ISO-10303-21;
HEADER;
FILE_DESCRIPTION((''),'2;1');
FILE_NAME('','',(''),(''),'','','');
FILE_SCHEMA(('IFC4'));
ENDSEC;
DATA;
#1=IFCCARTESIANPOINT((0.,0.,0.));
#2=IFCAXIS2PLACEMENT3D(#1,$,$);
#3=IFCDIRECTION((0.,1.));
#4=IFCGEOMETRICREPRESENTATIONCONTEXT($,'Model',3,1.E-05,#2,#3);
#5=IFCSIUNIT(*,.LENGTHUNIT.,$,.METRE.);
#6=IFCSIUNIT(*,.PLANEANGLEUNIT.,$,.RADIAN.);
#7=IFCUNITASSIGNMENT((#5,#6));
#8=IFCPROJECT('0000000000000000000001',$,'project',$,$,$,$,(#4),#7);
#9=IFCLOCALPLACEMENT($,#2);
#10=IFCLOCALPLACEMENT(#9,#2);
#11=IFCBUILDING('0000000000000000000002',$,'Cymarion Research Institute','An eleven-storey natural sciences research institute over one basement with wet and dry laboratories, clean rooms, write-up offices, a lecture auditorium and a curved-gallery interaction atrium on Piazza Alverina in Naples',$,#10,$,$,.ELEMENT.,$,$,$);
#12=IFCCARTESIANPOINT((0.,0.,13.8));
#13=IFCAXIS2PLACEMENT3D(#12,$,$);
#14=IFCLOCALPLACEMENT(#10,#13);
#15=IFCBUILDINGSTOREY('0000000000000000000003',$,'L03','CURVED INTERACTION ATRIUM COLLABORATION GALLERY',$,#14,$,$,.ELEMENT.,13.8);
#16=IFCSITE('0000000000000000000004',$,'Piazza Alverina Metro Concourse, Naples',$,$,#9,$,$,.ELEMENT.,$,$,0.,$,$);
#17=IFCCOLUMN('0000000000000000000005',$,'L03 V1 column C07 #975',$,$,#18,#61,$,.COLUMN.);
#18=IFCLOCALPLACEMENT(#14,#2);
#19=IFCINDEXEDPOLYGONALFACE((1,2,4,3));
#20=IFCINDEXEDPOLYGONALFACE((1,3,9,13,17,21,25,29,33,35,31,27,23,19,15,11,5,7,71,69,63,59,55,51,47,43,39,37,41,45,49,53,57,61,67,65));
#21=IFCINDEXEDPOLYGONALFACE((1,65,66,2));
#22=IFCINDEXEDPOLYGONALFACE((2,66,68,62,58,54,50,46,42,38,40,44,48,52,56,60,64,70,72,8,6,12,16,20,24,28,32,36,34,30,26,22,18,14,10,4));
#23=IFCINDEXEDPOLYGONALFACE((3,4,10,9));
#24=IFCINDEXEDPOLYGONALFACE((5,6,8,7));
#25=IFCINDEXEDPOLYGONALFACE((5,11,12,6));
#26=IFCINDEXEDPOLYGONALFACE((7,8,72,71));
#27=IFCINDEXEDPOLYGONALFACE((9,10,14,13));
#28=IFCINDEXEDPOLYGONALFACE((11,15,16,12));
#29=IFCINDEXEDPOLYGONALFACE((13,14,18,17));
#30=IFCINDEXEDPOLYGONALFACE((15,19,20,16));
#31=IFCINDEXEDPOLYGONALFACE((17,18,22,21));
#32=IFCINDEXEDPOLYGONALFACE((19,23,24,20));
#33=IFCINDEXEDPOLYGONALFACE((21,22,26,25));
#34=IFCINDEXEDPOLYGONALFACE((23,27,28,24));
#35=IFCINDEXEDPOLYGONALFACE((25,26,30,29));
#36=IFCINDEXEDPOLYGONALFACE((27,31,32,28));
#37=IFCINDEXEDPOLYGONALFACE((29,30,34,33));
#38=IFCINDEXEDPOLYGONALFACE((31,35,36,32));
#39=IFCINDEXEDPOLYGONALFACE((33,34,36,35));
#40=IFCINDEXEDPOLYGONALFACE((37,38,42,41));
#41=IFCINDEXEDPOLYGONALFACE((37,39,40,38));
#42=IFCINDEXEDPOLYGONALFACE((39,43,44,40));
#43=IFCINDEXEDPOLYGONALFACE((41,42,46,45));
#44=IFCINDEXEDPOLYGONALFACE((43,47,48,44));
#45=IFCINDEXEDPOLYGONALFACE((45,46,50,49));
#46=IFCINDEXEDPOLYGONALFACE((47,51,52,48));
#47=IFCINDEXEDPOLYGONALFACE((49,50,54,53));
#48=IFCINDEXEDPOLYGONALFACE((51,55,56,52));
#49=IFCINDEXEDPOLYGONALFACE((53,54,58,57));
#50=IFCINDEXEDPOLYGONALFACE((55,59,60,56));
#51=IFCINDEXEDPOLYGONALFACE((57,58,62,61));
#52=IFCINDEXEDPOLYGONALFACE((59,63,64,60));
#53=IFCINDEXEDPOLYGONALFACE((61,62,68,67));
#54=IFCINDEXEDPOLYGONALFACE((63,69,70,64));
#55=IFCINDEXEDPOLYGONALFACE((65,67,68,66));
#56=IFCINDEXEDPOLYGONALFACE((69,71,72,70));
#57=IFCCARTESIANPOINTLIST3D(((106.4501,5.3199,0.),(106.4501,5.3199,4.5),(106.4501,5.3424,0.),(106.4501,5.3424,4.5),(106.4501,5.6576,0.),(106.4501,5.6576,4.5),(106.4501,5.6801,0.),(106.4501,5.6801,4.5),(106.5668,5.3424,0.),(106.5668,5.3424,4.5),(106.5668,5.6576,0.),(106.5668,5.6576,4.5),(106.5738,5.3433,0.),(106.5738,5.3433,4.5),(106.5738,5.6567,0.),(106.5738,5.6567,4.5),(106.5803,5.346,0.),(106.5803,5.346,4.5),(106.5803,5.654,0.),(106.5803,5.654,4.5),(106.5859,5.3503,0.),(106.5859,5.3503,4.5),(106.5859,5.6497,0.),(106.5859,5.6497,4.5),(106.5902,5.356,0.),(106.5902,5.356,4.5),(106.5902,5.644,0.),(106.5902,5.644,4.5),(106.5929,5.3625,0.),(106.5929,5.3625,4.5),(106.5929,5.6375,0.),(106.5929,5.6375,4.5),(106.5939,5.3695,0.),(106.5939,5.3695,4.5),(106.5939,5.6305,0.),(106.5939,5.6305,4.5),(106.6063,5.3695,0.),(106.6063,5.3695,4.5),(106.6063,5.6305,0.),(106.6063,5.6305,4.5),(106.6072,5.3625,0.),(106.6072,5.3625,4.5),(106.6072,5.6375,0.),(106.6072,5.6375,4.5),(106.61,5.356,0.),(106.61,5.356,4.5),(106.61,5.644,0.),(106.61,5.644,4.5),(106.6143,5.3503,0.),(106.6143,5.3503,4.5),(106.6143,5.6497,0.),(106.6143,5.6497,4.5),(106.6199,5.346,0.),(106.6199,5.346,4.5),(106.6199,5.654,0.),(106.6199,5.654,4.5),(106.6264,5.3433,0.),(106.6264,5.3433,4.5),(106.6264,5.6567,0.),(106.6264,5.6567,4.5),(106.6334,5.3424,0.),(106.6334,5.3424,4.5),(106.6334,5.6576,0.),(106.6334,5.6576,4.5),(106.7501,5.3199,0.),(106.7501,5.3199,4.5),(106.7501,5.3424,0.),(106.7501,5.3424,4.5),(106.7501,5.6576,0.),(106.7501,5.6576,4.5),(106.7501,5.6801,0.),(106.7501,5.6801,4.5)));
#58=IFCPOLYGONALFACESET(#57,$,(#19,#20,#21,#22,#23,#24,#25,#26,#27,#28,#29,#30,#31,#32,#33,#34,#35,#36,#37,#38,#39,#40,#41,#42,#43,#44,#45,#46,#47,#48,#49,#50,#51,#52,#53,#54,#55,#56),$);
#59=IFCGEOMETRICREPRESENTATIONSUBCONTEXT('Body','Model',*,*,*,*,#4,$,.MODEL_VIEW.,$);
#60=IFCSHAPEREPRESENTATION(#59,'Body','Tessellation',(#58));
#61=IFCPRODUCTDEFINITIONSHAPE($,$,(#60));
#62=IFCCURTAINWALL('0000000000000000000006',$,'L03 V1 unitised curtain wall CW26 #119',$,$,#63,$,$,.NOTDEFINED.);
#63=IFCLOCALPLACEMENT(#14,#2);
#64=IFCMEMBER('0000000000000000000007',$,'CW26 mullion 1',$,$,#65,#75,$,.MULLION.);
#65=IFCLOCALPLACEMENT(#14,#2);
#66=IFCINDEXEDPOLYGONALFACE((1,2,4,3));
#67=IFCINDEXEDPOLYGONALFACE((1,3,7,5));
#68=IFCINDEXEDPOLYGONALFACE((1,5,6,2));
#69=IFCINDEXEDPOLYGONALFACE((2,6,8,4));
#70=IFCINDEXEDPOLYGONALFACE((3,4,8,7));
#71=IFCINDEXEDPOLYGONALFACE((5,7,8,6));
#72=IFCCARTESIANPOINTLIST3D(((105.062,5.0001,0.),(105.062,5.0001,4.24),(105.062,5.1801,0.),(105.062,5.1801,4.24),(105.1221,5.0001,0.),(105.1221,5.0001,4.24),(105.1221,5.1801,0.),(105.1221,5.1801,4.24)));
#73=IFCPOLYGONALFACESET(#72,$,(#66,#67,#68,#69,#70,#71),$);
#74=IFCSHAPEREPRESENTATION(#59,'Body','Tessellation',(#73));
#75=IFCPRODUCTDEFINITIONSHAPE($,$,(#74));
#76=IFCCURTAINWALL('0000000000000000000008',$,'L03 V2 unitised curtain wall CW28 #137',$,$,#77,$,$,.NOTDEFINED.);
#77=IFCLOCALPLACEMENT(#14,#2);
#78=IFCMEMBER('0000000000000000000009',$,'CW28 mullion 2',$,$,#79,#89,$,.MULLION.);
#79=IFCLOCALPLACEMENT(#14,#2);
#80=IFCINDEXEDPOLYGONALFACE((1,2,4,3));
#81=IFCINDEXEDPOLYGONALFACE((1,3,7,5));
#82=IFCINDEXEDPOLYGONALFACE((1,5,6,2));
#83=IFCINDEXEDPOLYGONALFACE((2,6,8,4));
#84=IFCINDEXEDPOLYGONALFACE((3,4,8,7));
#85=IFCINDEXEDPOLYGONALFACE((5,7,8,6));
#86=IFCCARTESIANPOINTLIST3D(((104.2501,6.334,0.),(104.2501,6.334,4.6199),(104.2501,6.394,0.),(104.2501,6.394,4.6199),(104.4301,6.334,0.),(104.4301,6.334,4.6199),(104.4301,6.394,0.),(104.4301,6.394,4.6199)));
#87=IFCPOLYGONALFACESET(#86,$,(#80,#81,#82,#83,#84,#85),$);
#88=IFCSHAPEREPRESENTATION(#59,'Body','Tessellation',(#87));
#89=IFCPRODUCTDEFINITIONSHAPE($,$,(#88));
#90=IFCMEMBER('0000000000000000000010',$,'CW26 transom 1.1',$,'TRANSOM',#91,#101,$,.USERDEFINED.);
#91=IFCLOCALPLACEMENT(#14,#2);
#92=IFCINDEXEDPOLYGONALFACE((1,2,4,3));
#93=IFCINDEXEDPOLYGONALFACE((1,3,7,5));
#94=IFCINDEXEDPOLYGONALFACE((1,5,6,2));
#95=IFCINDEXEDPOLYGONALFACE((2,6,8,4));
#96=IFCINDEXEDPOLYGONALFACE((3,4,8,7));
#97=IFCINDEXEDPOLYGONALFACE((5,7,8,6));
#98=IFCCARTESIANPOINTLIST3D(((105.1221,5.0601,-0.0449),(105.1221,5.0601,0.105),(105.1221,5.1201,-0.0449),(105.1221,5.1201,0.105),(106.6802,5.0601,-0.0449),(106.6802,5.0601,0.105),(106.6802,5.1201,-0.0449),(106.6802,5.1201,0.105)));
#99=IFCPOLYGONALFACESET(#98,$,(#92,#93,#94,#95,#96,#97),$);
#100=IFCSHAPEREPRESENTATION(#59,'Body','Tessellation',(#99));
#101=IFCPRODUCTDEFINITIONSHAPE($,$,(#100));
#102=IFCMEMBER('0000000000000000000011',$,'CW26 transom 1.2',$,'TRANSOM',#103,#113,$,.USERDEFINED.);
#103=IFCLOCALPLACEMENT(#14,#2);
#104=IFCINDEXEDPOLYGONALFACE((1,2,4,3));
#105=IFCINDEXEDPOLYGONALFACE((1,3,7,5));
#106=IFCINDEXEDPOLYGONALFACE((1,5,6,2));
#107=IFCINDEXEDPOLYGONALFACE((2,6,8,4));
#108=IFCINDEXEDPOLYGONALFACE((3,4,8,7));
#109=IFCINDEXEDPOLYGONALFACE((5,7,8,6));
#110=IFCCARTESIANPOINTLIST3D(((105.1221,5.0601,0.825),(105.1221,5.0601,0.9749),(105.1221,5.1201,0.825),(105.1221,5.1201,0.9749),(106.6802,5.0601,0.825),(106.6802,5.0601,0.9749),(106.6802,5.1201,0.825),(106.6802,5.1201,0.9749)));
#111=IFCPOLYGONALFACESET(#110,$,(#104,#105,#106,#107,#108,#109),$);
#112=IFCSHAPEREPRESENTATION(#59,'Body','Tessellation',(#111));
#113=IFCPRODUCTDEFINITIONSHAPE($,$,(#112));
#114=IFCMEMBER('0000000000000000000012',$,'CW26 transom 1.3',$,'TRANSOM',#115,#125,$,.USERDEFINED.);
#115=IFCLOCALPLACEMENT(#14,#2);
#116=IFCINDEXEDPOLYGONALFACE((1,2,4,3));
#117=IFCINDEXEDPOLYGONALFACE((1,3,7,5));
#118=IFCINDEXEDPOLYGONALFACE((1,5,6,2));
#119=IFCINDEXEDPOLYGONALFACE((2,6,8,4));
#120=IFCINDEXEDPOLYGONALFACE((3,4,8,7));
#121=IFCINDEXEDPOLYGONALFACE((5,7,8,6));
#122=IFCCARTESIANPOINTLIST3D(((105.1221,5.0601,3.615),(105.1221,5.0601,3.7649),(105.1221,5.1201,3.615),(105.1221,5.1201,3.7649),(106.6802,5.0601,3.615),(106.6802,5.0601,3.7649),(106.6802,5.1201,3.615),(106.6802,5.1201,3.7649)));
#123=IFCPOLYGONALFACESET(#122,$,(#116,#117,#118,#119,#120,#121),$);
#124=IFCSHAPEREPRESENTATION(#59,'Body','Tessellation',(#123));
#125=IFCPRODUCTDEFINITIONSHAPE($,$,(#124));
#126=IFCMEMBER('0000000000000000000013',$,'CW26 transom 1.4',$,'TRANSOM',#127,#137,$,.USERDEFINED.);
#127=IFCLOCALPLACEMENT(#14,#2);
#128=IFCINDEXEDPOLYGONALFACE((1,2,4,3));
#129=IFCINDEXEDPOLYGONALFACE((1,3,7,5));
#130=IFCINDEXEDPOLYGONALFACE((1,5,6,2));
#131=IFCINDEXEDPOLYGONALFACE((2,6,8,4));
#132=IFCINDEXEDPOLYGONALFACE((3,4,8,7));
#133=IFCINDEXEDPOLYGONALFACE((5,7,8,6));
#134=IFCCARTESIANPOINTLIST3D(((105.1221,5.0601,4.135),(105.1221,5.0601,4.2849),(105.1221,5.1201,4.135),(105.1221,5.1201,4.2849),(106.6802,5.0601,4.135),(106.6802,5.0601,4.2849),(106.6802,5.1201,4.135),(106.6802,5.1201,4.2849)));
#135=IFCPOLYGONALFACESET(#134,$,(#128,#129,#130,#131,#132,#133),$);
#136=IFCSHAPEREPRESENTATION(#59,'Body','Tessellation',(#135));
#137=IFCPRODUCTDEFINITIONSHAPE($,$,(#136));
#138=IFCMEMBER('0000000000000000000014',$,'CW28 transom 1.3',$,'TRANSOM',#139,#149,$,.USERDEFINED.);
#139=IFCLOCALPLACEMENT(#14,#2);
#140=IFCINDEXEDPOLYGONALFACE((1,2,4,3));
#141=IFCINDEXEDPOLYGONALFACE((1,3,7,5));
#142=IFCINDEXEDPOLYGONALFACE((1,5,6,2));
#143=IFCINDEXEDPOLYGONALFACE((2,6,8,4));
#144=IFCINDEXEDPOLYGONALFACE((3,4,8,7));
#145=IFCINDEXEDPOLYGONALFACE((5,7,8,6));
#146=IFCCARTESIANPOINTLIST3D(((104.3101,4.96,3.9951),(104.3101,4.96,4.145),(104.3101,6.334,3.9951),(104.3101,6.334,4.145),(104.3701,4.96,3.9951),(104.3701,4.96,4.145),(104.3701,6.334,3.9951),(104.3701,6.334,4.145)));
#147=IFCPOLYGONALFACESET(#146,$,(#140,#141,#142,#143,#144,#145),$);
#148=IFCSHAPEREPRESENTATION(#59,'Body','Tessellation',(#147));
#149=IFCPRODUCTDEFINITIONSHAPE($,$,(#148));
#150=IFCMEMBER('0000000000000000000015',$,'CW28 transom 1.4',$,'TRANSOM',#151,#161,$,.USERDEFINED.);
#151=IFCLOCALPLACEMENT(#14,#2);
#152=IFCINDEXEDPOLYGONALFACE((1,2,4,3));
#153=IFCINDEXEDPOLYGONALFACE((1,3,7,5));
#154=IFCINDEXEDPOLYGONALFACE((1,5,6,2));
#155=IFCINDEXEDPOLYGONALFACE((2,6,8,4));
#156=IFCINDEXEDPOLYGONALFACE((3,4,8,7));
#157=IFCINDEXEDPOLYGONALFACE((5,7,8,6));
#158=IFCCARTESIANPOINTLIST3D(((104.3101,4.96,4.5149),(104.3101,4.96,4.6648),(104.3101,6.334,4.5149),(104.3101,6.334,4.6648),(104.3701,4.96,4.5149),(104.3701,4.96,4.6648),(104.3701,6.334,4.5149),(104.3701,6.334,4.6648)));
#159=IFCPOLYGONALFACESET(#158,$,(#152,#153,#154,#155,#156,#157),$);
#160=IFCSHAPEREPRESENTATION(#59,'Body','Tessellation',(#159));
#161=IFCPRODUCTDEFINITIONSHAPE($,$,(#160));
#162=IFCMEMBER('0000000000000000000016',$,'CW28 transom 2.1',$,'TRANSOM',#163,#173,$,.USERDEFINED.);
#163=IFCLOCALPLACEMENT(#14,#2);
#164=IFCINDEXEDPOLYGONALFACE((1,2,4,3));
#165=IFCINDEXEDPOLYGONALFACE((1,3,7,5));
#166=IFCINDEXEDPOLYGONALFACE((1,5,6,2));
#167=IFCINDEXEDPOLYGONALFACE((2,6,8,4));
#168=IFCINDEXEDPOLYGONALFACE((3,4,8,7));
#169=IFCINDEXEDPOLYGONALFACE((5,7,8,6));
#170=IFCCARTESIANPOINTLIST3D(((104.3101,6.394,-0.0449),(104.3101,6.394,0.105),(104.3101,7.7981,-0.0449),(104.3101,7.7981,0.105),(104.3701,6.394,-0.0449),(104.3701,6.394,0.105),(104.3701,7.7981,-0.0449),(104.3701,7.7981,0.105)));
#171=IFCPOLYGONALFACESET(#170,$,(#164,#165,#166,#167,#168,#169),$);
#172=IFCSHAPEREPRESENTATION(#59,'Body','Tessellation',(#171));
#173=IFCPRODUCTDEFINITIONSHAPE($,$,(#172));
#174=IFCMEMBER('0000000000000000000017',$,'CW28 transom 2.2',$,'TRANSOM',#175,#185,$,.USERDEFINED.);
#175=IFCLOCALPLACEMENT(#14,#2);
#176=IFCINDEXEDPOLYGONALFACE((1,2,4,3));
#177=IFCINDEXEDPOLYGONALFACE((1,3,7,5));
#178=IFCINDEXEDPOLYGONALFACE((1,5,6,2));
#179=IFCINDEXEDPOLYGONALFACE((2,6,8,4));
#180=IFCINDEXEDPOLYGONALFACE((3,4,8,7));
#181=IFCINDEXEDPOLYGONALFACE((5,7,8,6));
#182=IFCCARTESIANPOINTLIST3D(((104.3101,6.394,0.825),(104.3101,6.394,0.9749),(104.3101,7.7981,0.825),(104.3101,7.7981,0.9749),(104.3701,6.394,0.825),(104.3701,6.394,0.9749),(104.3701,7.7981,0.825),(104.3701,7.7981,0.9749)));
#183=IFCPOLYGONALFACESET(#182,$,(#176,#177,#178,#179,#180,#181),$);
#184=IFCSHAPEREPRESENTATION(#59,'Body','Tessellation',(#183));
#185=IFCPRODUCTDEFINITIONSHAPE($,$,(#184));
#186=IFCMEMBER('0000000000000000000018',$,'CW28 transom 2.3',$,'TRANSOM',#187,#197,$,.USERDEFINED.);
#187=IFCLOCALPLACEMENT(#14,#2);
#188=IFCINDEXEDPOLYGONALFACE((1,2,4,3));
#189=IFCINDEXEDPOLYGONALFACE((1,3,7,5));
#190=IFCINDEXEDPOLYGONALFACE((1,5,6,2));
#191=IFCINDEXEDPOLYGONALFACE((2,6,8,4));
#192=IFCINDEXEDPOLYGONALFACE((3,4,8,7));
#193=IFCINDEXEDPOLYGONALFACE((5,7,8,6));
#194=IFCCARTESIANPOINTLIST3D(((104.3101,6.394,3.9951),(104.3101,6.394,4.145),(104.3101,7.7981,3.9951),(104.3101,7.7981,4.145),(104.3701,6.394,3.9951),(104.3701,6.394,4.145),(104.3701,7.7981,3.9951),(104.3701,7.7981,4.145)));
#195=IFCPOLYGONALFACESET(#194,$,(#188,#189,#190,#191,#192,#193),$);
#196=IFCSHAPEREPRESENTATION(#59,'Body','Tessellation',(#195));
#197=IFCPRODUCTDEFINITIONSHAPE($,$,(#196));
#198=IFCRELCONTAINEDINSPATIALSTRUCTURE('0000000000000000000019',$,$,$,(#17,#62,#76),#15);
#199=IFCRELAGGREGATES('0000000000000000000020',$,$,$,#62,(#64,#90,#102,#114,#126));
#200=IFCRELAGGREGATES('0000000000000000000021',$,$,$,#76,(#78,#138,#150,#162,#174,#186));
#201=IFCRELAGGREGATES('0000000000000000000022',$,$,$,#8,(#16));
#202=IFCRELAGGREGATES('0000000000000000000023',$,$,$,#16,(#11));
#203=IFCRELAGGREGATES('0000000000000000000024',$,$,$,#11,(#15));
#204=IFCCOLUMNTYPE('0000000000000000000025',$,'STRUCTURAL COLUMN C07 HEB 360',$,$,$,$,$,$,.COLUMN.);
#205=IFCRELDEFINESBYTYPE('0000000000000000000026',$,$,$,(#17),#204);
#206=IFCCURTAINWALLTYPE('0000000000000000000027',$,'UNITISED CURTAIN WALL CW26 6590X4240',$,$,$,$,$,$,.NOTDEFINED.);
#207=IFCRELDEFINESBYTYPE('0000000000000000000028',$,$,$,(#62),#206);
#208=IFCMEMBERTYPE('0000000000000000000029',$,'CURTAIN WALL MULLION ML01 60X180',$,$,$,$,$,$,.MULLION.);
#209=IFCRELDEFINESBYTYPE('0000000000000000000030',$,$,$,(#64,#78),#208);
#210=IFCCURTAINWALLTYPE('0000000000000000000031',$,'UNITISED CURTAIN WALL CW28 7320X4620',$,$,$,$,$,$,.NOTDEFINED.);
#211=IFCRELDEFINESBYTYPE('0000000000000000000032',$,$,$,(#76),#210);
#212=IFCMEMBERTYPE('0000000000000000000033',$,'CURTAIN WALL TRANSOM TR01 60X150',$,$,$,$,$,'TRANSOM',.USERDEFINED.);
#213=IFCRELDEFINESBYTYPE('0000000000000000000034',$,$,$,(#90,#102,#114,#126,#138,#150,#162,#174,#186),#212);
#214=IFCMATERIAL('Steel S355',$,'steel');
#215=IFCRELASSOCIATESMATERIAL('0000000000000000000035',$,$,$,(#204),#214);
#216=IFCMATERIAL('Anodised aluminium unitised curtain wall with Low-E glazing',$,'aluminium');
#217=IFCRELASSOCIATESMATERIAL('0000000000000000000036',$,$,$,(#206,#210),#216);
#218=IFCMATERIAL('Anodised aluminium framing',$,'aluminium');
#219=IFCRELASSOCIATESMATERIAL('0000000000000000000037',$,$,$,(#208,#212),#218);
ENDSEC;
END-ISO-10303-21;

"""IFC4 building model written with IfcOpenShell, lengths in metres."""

from ifc_helpers import new_model, si_unit, direction, frame, origin, origin_2d, place, context, subcontext, project, spatial, rectangle, i_section, extrude, material, material_profile, profile_set, type_object, element, aggregate, save


model = new_model("IFC4")

# Units and contexts
model_context = context("Model", 3, precision=1e-05, world=origin(), true_north=direction((0.0, 1.0)))
body_context = subcontext(model_context, "Body", "Model", "MODEL_VIEW")
ifc_project = project(units=[si_unit("LENGTHUNIT", "METRE"), si_unit("PLANEANGLEUNIT", "RADIAN")], contexts=[model_context])

# Site, building, storey
site_placement = place(None, origin())
site = spatial("IfcSite", under=ifc_project, at=site_placement, Name="Piazza Alverina Metro Concourse, Naples", CompositionType="ELEMENT", RefElevation=0.0)
building_placement = place(site_placement, origin())
building = spatial("IfcBuilding", under=site, at=building_placement, Name="Cymarion Research Institute", Description="An eleven-storey natural sciences research institute over one basement with wet and dry laboratories, clean rooms, write-up offices, a lecture auditorium and a curved-gallery interaction atrium on Piazza Alverina in Naples", CompositionType="ELEMENT")
storey_placement = place(building_placement, frame((0.0, 0.0, 13.8)))
storey = spatial("IfcBuildingStorey", under=building, at=storey_placement, Name="L03", Description="CURVED INTERACTION ATRIUM COLLABORATION GALLERY", CompositionType="ELEMENT", Elevation=13.8)

# Column
ifc_material_1 = material(Name="Steel S355", Category="steel")
ifc_material_profile_1 = material_profile(ifc_material_1, i_section(OverallWidth=0.3, OverallDepth=0.3601, WebThickness=0.0125, FlangeThickness=0.0225, FilletRadius=0.0271, at=origin_2d()), Name="HEB 360")
ifc_profile_set_1 = profile_set([ifc_material_profile_1], Name="Steel S355")
column_type = type_object("IfcColumnType", Name="STRUCTURAL COLUMN C07 HEB 360", PredefinedType="COLUMN", material=ifc_profile_set_1)
column_placement = place(storey_placement, frame((106.6001, 5.5, 0.0), z_axis=(0.0, 0.0, 1.0), x_axis=(1.0, 0.0, 0.0)))
element("IfcColumn", 1, at=column_placement, inside=storey, type_object=column_type, Name="L03 V1 column C07 #975", PredefinedType="COLUMN", context=body_context, shape_type="SweptSolid", body=[
    extrude(i_section(OverallWidth=0.3, OverallDepth=0.3601, WebThickness=0.0125, FlangeThickness=0.0225, FilletRadius=0.0271, at=origin_2d()), origin(), (0.0, 0.0, 1.0), 4.5),
])

# Curtain walls, members
ifc_material_2 = material(Name="Anodised aluminium unitised curtain wall with Low-E glazing", Category="aluminium")
curtain_wall_type_1 = type_object("IfcCurtainWallType", Name="UNITISED CURTAIN WALL CW26 6590X4240", PredefinedType="NOTDEFINED", material=ifc_material_2)
curtain_wall_1_placement = place(storey_placement, origin())
curtain_wall_1 = element("IfcCurtainWall", 2, at=curtain_wall_1_placement, inside=storey, type_object=curtain_wall_type_1, Name="L03 V1 unitised curtain wall CW26 #119", PredefinedType="NOTDEFINED")
ifc_material_3 = material(Name="Anodised aluminium framing", Category="aluminium")
ifc_material_profile_2 = material_profile(ifc_material_3, rectangle(XDim=0.0601, YDim=0.1799, at=origin_2d()), Name="ALU MULLION 60x180")
ifc_profile_set_2 = profile_set([ifc_material_profile_2], Name="Anodised aluminium framing")
member_type_1 = type_object("IfcMemberType", Name="CURTAIN WALL MULLION ML01 60X180", PredefinedType="MULLION", material=ifc_profile_set_2)
member_1_placement = place(storey_placement, frame((105.092, 5.0901, 0.0), z_axis=(0.0, 0.0, 1.0), x_axis=(1.0, 0.0, 0.0)))
member_1 = element("IfcMember", 3, at=member_1_placement, type_object=member_type_1, Name="CW26 mullion 1", PredefinedType="MULLION", context=body_context, shape_type="SweptSolid", body=[
    extrude(rectangle(XDim=0.0601, YDim=0.1799, at=origin_2d()), origin(), (0.0, 0.0, 1.0), 4.24),
])
curtain_wall_type_2 = type_object("IfcCurtainWallType", Name="UNITISED CURTAIN WALL CW28 7320X4620", PredefinedType="NOTDEFINED", material=ifc_material_2)
curtain_wall_2_placement = place(storey_placement, origin())
curtain_wall_2 = element("IfcCurtainWall", 4, at=curtain_wall_2_placement, inside=storey, type_object=curtain_wall_type_2, Name="L03 V2 unitised curtain wall CW28 #137", PredefinedType="NOTDEFINED")
member_2_placement = place(storey_placement, frame((104.3401, 6.364, 0.0), z_axis=(0.0, 0.0, 1.0), x_axis=(0.0, 1.0, 0.0)))
member_2 = element("IfcMember", 5, at=member_2_placement, type_object=member_type_1, Name="CW28 mullion 2", PredefinedType="MULLION", context=body_context, shape_type="SweptSolid", body=[
    extrude(rectangle(XDim=0.0601, YDim=0.1799, at=origin_2d()), origin(), (0.0, 0.0, 1.0), 4.6199),
])

# Members
ifc_material_profile_3 = material_profile(ifc_material_3, rectangle(XDim=0.0601, YDim=0.1499, at=origin_2d()), Name="ALU TRANSOM 60x150")
ifc_profile_set_3 = profile_set([ifc_material_profile_3], Name="Anodised aluminium framing")
member_type_2 = type_object("IfcMemberType", Name="CURTAIN WALL TRANSOM TR01 60X150", ElementType="TRANSOM", PredefinedType="USERDEFINED", material=ifc_profile_set_3)
member_3_placement = place(storey_placement, frame((105.1221, 5.0901, 0.03), z_axis=(1.0, 0.0, 0.0), x_axis=(0.0, 1.0, 0.0)))
member_3 = element("IfcMember", 6, at=member_3_placement, type_object=member_type_2, Name="CW26 transom 1.1", ObjectType="TRANSOM", PredefinedType="USERDEFINED", context=body_context, shape_type="SweptSolid", body=[
    extrude(rectangle(XDim=0.0601, YDim=0.1499, at=origin_2d()), origin(), (0.0, 0.0, 1.0), 1.5581),
])
member_4_placement = place(storey_placement, frame((105.1221, 5.0901, 0.8999), z_axis=(1.0, 0.0, 0.0), x_axis=(0.0, 1.0, 0.0)))
member_4 = element("IfcMember", 7, at=member_4_placement, type_object=member_type_2, Name="CW26 transom 1.2", ObjectType="TRANSOM", PredefinedType="USERDEFINED", context=body_context, shape_type="SweptSolid", body=[
    extrude(rectangle(XDim=0.0601, YDim=0.1499, at=origin_2d()), origin(), (0.0, 0.0, 1.0), 1.5581),
])
member_5_placement = place(storey_placement, frame((105.1221, 5.0901, 3.6899), z_axis=(1.0, 0.0, 0.0), x_axis=(0.0, 1.0, 0.0)))
member_5 = element("IfcMember", 8, at=member_5_placement, type_object=member_type_2, Name="CW26 transom 1.3", ObjectType="TRANSOM", PredefinedType="USERDEFINED", context=body_context, shape_type="SweptSolid", body=[
    extrude(rectangle(XDim=0.0601, YDim=0.1499, at=origin_2d()), origin(), (0.0, 0.0, 1.0), 1.5581),
])
member_6_placement = place(storey_placement, frame((105.1221, 5.0901, 4.21), z_axis=(1.0, 0.0, 0.0), x_axis=(0.0, 1.0, 0.0)))
member_6 = element("IfcMember", 9, at=member_6_placement, type_object=member_type_2, Name="CW26 transom 1.4", ObjectType="TRANSOM", PredefinedType="USERDEFINED", context=body_context, shape_type="SweptSolid", body=[
    extrude(rectangle(XDim=0.0601, YDim=0.1499, at=origin_2d()), origin(), (0.0, 0.0, 1.0), 1.5581),
])
member_7_placement = place(storey_placement, frame((104.3401, 4.96, 4.0701), z_axis=(0.0, 1.0, 0.0), x_axis=(-1.0, 0.0, 0.0)))
member_7 = element("IfcMember", 10, at=member_7_placement, type_object=member_type_2, Name="CW28 transom 1.3", ObjectType="TRANSOM", PredefinedType="USERDEFINED", context=body_context, shape_type="SweptSolid", body=[
    extrude(rectangle(XDim=0.0601, YDim=0.1499, at=origin_2d()), origin(), (0.0, 0.0, 1.0), 1.374),
])
member_8_placement = place(storey_placement, frame((104.3401, 4.96, 4.5898), z_axis=(0.0, 1.0, 0.0), x_axis=(-1.0, 0.0, 0.0)))
member_8 = element("IfcMember", 11, at=member_8_placement, type_object=member_type_2, Name="CW28 transom 1.4", ObjectType="TRANSOM", PredefinedType="USERDEFINED", context=body_context, shape_type="SweptSolid", body=[
    extrude(rectangle(XDim=0.0601, YDim=0.1499, at=origin_2d()), origin(), (0.0, 0.0, 1.0), 1.374),
])
member_9_placement = place(storey_placement, frame((104.3401, 6.394, 0.03), z_axis=(0.0, 1.0, 0.0), x_axis=(-1.0, 0.0, 0.0)))
member_9 = element("IfcMember", 12, at=member_9_placement, type_object=member_type_2, Name="CW28 transom 2.1", ObjectType="TRANSOM", PredefinedType="USERDEFINED", context=body_context, shape_type="SweptSolid", body=[
    extrude(rectangle(XDim=0.0601, YDim=0.1499, at=origin_2d()), origin(), (0.0, 0.0, 1.0), 1.4041),
])
member_10_placement = place(storey_placement, frame((104.3401, 6.394, 0.8999), z_axis=(0.0, 1.0, 0.0), x_axis=(-1.0, 0.0, 0.0)))
member_10 = element("IfcMember", 13, at=member_10_placement, type_object=member_type_2, Name="CW28 transom 2.2", ObjectType="TRANSOM", PredefinedType="USERDEFINED", context=body_context, shape_type="SweptSolid", body=[
    extrude(rectangle(XDim=0.0601, YDim=0.1499, at=origin_2d()), origin(), (0.0, 0.0, 1.0), 1.4041),
])
member_11_placement = place(storey_placement, frame((104.3401, 6.394, 4.0701), z_axis=(0.0, 1.0, 0.0), x_axis=(-1.0, 0.0, 0.0)))
member_11 = element("IfcMember", 14, at=member_11_placement, type_object=member_type_2, Name="CW28 transom 2.3", ObjectType="TRANSOM", PredefinedType="USERDEFINED", context=body_context, shape_type="SweptSolid", body=[
    extrude(rectangle(XDim=0.0601, YDim=0.1499, at=origin_2d()), origin(), (0.0, 0.0, 1.0), 1.4041),
])

aggregate(curtain_wall_1, [member_1, member_3, member_4, member_5, member_6])
aggregate(curtain_wall_2, [member_2, member_7, member_8, member_9, member_10, member_11])

save(model, "model.ifc")
